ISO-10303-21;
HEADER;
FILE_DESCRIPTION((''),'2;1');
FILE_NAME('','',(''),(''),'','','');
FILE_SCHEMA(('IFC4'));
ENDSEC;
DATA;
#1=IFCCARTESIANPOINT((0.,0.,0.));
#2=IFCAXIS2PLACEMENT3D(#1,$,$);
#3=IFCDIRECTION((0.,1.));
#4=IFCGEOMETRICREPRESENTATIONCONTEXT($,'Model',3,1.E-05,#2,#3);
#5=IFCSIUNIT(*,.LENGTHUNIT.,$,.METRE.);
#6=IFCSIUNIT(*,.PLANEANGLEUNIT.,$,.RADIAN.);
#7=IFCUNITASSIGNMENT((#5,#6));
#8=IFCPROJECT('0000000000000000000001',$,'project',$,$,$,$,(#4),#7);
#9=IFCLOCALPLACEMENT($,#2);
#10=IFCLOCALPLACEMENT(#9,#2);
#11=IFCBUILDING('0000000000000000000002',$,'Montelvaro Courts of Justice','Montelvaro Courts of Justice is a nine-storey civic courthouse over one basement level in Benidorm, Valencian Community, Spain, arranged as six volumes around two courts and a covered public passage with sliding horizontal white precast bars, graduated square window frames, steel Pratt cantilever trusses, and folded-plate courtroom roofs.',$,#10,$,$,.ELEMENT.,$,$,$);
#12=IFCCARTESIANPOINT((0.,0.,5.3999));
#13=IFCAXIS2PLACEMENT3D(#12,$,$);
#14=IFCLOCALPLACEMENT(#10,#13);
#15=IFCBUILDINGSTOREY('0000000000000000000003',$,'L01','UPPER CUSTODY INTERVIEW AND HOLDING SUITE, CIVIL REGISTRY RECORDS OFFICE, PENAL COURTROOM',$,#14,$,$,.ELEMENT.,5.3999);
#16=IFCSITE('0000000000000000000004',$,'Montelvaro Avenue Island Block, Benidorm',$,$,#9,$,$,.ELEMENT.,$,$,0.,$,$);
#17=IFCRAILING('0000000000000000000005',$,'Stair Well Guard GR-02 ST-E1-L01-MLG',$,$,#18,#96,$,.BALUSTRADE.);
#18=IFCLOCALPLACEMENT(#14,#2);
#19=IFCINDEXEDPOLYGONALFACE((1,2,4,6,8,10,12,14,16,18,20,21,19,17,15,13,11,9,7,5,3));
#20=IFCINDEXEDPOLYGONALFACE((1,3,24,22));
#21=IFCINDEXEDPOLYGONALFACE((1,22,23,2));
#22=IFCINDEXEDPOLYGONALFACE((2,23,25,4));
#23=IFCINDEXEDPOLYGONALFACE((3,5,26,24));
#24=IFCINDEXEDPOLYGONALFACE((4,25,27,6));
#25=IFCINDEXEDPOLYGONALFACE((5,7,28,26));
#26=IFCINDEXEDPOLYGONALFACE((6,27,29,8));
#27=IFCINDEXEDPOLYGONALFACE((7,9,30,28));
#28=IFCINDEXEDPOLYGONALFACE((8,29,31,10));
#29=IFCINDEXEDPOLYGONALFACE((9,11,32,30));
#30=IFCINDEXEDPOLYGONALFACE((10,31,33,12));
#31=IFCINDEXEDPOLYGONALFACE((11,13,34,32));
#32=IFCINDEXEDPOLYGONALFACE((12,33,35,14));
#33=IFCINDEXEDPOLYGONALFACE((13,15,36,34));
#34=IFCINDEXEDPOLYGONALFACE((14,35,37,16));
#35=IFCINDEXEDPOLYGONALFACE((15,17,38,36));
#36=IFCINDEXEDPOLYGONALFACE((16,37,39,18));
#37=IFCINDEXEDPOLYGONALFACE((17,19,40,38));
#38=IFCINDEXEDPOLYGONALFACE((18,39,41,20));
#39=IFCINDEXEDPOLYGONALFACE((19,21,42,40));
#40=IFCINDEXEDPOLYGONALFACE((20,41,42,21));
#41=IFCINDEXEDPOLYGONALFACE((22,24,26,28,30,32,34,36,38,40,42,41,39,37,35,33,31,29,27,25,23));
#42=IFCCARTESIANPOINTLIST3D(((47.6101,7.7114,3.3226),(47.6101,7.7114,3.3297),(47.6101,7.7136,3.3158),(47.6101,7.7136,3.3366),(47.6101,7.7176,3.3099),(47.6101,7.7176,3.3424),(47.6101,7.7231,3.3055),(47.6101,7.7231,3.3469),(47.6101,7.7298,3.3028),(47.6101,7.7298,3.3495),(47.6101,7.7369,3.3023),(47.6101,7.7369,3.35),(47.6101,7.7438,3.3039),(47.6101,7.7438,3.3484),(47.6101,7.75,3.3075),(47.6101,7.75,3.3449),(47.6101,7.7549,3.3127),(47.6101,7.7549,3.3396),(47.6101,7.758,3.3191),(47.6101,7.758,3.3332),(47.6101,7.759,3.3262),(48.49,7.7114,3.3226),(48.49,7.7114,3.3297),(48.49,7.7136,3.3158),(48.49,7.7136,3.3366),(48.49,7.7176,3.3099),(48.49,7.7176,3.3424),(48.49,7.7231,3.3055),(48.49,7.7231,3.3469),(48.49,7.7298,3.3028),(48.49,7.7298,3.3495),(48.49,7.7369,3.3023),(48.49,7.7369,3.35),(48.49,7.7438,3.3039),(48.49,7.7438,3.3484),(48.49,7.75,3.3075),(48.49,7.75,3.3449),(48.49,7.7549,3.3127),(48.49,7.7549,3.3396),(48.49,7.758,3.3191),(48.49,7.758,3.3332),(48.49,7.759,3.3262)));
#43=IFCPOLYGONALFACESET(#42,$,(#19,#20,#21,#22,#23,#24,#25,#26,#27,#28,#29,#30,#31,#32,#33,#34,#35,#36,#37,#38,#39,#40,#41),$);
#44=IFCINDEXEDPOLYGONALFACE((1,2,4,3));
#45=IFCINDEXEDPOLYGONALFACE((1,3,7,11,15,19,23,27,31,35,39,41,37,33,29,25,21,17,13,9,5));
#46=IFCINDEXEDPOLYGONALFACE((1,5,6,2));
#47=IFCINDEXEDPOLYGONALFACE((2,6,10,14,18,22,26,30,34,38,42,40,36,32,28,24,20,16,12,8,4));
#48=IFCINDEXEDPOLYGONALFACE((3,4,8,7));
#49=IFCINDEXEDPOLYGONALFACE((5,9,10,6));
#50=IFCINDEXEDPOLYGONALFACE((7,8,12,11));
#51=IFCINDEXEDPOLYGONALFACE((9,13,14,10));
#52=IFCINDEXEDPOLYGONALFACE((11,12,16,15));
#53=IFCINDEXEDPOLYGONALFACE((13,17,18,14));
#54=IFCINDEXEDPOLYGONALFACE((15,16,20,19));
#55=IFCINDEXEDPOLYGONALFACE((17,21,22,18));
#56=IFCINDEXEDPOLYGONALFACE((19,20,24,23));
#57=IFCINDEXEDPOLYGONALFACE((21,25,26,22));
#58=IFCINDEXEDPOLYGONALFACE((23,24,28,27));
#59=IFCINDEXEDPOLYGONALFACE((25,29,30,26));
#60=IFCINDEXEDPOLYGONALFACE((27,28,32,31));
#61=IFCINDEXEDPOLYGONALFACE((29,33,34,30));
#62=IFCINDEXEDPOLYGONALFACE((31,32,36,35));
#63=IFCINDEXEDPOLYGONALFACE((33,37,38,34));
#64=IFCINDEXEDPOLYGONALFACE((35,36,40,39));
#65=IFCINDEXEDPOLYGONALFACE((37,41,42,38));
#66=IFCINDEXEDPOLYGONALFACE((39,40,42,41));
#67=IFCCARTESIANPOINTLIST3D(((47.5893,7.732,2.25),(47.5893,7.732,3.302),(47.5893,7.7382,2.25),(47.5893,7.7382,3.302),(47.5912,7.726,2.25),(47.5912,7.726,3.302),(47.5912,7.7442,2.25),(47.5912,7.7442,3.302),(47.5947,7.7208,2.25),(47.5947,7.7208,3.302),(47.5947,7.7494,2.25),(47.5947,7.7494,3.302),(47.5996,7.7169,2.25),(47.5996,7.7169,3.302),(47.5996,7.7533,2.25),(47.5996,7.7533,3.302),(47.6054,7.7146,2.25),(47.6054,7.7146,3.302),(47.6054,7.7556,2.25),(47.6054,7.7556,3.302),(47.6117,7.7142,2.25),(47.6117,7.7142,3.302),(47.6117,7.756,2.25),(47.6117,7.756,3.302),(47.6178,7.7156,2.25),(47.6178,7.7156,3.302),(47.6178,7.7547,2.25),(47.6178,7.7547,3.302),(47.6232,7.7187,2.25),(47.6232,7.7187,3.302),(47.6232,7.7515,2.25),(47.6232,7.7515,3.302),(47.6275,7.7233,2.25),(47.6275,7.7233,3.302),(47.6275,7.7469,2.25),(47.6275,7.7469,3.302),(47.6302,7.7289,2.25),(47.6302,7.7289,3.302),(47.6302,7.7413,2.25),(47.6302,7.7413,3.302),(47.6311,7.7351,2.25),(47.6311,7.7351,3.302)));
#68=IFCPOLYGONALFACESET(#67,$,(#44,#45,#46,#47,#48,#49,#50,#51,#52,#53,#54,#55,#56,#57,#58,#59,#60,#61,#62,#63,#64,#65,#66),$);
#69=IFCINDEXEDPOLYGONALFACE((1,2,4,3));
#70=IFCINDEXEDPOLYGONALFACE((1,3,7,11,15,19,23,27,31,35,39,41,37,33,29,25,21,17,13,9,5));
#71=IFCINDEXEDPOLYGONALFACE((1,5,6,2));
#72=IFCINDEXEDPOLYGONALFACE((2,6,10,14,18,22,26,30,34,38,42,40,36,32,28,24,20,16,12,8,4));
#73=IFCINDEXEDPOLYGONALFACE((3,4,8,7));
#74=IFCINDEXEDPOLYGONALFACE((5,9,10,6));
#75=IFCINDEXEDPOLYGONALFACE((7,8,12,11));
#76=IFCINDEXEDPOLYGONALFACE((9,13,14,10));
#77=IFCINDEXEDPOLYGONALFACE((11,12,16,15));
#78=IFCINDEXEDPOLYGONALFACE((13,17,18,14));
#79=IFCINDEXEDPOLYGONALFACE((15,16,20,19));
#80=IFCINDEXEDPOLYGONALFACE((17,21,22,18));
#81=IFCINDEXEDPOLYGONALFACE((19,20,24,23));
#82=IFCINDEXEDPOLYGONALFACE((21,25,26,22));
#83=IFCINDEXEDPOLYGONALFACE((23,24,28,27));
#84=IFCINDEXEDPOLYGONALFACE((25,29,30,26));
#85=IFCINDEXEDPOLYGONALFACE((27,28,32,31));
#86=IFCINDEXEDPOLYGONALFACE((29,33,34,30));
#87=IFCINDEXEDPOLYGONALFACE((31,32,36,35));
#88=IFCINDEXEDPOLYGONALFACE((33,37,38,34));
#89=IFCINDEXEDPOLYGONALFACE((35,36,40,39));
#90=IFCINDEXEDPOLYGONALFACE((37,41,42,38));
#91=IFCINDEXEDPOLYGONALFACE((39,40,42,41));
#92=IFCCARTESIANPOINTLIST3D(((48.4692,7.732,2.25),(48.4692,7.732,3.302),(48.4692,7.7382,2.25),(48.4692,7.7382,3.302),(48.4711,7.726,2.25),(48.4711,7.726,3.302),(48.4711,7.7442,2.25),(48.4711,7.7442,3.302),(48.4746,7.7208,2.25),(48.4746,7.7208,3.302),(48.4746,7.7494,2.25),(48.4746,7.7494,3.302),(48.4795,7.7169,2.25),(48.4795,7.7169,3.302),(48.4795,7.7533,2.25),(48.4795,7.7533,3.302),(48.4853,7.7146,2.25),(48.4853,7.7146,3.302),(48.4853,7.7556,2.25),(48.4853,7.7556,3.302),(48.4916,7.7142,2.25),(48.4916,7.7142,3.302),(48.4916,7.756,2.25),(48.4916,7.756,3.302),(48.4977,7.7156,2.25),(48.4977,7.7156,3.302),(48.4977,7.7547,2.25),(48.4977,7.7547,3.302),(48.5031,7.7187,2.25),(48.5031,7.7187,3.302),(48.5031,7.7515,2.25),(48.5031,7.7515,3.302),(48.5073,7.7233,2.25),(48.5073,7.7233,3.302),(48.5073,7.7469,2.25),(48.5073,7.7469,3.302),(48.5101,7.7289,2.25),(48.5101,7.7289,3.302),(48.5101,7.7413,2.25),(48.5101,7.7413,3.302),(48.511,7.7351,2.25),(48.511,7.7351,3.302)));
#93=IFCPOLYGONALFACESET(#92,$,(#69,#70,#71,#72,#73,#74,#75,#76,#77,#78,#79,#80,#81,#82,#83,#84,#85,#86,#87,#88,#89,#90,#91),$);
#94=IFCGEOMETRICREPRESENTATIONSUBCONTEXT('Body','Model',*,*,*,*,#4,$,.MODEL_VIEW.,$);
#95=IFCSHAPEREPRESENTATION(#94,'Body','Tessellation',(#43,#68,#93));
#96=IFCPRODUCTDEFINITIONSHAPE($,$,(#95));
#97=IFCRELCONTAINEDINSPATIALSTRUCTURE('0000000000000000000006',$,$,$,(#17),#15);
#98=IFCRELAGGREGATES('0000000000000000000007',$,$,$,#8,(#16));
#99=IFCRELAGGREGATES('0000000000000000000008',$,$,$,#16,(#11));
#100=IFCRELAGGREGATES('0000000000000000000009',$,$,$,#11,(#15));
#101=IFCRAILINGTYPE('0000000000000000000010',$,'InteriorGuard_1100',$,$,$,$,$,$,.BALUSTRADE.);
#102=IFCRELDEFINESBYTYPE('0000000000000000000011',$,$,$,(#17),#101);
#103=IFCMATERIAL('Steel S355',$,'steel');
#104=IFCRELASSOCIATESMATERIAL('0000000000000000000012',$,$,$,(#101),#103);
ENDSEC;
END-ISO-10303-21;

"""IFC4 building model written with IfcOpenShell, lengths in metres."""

from ifc_helpers import new_model, si_unit, direction, frame, origin, origin_2d, place, context, subcontext, project, spatial, circle, extrude, material, type_object, element, save


model = new_model("IFC4")

# Units and contexts
model_context = context("Model", 3, precision=1e-05, world=origin(), true_north=direction((0.0, 1.0)))
body_context = subcontext(model_context, "Body", "Model", "MODEL_VIEW")
ifc_project = project(units=[si_unit("LENGTHUNIT", "METRE"), si_unit("PLANEANGLEUNIT", "RADIAN")], contexts=[model_context])

# Site, building, storey
site_placement = place(None, origin())
site = spatial("IfcSite", under=ifc_project, at=site_placement, Name="Montelvaro Avenue Island Block, Benidorm", CompositionType="ELEMENT", RefElevation=0.0)
building_placement = place(site_placement, origin())
building = spatial("IfcBuilding", under=site, at=building_placement, Name="Montelvaro Courts of Justice", Description="Montelvaro Courts of Justice is a nine-storey civic courthouse over one basement level in Benidorm, Valencian Community, Spain, arranged as six volumes around two courts and a covered public passage with sliding horizontal white precast bars, graduated square window frames, steel Pratt cantilever trusses, and folded-plate courtroom roofs.", CompositionType="ELEMENT")
storey_placement = place(building_placement, frame((0.0, 0.0, 5.3999)))
storey = spatial("IfcBuildingStorey", under=building, at=storey_placement, Name="L01", Description="UPPER CUSTODY INTERVIEW AND HOLDING SUITE, CIVIL REGISTRY RECORDS OFFICE, PENAL COURTROOM", CompositionType="ELEMENT", Elevation=5.3999)

# Shared definitions
ifc_material_1 = material(Name="Steel S355", Category="steel")

# Railing
railing_type_1 = type_object("IfcRailingType", Name="InteriorGuard_1100", PredefinedType="BALUSTRADE", material=ifc_material_1)
railing_1_placement = place(storey_placement, frame((47.6101, 7.7351, 2.25)))
element("IfcRailing", 1, at=railing_1_placement, inside=storey, type_object=railing_type_1, Name="Stair Well Guard GR-02 ST-E1-L01-MLG", PredefinedType="BALUSTRADE", context=body_context, shape_type="SweptSolid", body=[
    extrude(circle(Radius=0.0239, at=origin_2d()), frame((0.0, 0.0, 1.0762), z_axis=(1.0, 0.0, 0.0), x_axis=(0.0, 1.0, 0.0)), (0.0, 0.0, 1.0), 0.8799),
    extrude(circle(Radius=0.021, at=origin_2d()), origin(), (0.0, 0.0, 1.0), 1.052),
    extrude(circle(Radius=0.021, at=origin_2d()), frame((0.8799, 0.0, 0.0)), (0.0, 0.0, 1.0), 1.052),
])

save(model, "model.ifc")
